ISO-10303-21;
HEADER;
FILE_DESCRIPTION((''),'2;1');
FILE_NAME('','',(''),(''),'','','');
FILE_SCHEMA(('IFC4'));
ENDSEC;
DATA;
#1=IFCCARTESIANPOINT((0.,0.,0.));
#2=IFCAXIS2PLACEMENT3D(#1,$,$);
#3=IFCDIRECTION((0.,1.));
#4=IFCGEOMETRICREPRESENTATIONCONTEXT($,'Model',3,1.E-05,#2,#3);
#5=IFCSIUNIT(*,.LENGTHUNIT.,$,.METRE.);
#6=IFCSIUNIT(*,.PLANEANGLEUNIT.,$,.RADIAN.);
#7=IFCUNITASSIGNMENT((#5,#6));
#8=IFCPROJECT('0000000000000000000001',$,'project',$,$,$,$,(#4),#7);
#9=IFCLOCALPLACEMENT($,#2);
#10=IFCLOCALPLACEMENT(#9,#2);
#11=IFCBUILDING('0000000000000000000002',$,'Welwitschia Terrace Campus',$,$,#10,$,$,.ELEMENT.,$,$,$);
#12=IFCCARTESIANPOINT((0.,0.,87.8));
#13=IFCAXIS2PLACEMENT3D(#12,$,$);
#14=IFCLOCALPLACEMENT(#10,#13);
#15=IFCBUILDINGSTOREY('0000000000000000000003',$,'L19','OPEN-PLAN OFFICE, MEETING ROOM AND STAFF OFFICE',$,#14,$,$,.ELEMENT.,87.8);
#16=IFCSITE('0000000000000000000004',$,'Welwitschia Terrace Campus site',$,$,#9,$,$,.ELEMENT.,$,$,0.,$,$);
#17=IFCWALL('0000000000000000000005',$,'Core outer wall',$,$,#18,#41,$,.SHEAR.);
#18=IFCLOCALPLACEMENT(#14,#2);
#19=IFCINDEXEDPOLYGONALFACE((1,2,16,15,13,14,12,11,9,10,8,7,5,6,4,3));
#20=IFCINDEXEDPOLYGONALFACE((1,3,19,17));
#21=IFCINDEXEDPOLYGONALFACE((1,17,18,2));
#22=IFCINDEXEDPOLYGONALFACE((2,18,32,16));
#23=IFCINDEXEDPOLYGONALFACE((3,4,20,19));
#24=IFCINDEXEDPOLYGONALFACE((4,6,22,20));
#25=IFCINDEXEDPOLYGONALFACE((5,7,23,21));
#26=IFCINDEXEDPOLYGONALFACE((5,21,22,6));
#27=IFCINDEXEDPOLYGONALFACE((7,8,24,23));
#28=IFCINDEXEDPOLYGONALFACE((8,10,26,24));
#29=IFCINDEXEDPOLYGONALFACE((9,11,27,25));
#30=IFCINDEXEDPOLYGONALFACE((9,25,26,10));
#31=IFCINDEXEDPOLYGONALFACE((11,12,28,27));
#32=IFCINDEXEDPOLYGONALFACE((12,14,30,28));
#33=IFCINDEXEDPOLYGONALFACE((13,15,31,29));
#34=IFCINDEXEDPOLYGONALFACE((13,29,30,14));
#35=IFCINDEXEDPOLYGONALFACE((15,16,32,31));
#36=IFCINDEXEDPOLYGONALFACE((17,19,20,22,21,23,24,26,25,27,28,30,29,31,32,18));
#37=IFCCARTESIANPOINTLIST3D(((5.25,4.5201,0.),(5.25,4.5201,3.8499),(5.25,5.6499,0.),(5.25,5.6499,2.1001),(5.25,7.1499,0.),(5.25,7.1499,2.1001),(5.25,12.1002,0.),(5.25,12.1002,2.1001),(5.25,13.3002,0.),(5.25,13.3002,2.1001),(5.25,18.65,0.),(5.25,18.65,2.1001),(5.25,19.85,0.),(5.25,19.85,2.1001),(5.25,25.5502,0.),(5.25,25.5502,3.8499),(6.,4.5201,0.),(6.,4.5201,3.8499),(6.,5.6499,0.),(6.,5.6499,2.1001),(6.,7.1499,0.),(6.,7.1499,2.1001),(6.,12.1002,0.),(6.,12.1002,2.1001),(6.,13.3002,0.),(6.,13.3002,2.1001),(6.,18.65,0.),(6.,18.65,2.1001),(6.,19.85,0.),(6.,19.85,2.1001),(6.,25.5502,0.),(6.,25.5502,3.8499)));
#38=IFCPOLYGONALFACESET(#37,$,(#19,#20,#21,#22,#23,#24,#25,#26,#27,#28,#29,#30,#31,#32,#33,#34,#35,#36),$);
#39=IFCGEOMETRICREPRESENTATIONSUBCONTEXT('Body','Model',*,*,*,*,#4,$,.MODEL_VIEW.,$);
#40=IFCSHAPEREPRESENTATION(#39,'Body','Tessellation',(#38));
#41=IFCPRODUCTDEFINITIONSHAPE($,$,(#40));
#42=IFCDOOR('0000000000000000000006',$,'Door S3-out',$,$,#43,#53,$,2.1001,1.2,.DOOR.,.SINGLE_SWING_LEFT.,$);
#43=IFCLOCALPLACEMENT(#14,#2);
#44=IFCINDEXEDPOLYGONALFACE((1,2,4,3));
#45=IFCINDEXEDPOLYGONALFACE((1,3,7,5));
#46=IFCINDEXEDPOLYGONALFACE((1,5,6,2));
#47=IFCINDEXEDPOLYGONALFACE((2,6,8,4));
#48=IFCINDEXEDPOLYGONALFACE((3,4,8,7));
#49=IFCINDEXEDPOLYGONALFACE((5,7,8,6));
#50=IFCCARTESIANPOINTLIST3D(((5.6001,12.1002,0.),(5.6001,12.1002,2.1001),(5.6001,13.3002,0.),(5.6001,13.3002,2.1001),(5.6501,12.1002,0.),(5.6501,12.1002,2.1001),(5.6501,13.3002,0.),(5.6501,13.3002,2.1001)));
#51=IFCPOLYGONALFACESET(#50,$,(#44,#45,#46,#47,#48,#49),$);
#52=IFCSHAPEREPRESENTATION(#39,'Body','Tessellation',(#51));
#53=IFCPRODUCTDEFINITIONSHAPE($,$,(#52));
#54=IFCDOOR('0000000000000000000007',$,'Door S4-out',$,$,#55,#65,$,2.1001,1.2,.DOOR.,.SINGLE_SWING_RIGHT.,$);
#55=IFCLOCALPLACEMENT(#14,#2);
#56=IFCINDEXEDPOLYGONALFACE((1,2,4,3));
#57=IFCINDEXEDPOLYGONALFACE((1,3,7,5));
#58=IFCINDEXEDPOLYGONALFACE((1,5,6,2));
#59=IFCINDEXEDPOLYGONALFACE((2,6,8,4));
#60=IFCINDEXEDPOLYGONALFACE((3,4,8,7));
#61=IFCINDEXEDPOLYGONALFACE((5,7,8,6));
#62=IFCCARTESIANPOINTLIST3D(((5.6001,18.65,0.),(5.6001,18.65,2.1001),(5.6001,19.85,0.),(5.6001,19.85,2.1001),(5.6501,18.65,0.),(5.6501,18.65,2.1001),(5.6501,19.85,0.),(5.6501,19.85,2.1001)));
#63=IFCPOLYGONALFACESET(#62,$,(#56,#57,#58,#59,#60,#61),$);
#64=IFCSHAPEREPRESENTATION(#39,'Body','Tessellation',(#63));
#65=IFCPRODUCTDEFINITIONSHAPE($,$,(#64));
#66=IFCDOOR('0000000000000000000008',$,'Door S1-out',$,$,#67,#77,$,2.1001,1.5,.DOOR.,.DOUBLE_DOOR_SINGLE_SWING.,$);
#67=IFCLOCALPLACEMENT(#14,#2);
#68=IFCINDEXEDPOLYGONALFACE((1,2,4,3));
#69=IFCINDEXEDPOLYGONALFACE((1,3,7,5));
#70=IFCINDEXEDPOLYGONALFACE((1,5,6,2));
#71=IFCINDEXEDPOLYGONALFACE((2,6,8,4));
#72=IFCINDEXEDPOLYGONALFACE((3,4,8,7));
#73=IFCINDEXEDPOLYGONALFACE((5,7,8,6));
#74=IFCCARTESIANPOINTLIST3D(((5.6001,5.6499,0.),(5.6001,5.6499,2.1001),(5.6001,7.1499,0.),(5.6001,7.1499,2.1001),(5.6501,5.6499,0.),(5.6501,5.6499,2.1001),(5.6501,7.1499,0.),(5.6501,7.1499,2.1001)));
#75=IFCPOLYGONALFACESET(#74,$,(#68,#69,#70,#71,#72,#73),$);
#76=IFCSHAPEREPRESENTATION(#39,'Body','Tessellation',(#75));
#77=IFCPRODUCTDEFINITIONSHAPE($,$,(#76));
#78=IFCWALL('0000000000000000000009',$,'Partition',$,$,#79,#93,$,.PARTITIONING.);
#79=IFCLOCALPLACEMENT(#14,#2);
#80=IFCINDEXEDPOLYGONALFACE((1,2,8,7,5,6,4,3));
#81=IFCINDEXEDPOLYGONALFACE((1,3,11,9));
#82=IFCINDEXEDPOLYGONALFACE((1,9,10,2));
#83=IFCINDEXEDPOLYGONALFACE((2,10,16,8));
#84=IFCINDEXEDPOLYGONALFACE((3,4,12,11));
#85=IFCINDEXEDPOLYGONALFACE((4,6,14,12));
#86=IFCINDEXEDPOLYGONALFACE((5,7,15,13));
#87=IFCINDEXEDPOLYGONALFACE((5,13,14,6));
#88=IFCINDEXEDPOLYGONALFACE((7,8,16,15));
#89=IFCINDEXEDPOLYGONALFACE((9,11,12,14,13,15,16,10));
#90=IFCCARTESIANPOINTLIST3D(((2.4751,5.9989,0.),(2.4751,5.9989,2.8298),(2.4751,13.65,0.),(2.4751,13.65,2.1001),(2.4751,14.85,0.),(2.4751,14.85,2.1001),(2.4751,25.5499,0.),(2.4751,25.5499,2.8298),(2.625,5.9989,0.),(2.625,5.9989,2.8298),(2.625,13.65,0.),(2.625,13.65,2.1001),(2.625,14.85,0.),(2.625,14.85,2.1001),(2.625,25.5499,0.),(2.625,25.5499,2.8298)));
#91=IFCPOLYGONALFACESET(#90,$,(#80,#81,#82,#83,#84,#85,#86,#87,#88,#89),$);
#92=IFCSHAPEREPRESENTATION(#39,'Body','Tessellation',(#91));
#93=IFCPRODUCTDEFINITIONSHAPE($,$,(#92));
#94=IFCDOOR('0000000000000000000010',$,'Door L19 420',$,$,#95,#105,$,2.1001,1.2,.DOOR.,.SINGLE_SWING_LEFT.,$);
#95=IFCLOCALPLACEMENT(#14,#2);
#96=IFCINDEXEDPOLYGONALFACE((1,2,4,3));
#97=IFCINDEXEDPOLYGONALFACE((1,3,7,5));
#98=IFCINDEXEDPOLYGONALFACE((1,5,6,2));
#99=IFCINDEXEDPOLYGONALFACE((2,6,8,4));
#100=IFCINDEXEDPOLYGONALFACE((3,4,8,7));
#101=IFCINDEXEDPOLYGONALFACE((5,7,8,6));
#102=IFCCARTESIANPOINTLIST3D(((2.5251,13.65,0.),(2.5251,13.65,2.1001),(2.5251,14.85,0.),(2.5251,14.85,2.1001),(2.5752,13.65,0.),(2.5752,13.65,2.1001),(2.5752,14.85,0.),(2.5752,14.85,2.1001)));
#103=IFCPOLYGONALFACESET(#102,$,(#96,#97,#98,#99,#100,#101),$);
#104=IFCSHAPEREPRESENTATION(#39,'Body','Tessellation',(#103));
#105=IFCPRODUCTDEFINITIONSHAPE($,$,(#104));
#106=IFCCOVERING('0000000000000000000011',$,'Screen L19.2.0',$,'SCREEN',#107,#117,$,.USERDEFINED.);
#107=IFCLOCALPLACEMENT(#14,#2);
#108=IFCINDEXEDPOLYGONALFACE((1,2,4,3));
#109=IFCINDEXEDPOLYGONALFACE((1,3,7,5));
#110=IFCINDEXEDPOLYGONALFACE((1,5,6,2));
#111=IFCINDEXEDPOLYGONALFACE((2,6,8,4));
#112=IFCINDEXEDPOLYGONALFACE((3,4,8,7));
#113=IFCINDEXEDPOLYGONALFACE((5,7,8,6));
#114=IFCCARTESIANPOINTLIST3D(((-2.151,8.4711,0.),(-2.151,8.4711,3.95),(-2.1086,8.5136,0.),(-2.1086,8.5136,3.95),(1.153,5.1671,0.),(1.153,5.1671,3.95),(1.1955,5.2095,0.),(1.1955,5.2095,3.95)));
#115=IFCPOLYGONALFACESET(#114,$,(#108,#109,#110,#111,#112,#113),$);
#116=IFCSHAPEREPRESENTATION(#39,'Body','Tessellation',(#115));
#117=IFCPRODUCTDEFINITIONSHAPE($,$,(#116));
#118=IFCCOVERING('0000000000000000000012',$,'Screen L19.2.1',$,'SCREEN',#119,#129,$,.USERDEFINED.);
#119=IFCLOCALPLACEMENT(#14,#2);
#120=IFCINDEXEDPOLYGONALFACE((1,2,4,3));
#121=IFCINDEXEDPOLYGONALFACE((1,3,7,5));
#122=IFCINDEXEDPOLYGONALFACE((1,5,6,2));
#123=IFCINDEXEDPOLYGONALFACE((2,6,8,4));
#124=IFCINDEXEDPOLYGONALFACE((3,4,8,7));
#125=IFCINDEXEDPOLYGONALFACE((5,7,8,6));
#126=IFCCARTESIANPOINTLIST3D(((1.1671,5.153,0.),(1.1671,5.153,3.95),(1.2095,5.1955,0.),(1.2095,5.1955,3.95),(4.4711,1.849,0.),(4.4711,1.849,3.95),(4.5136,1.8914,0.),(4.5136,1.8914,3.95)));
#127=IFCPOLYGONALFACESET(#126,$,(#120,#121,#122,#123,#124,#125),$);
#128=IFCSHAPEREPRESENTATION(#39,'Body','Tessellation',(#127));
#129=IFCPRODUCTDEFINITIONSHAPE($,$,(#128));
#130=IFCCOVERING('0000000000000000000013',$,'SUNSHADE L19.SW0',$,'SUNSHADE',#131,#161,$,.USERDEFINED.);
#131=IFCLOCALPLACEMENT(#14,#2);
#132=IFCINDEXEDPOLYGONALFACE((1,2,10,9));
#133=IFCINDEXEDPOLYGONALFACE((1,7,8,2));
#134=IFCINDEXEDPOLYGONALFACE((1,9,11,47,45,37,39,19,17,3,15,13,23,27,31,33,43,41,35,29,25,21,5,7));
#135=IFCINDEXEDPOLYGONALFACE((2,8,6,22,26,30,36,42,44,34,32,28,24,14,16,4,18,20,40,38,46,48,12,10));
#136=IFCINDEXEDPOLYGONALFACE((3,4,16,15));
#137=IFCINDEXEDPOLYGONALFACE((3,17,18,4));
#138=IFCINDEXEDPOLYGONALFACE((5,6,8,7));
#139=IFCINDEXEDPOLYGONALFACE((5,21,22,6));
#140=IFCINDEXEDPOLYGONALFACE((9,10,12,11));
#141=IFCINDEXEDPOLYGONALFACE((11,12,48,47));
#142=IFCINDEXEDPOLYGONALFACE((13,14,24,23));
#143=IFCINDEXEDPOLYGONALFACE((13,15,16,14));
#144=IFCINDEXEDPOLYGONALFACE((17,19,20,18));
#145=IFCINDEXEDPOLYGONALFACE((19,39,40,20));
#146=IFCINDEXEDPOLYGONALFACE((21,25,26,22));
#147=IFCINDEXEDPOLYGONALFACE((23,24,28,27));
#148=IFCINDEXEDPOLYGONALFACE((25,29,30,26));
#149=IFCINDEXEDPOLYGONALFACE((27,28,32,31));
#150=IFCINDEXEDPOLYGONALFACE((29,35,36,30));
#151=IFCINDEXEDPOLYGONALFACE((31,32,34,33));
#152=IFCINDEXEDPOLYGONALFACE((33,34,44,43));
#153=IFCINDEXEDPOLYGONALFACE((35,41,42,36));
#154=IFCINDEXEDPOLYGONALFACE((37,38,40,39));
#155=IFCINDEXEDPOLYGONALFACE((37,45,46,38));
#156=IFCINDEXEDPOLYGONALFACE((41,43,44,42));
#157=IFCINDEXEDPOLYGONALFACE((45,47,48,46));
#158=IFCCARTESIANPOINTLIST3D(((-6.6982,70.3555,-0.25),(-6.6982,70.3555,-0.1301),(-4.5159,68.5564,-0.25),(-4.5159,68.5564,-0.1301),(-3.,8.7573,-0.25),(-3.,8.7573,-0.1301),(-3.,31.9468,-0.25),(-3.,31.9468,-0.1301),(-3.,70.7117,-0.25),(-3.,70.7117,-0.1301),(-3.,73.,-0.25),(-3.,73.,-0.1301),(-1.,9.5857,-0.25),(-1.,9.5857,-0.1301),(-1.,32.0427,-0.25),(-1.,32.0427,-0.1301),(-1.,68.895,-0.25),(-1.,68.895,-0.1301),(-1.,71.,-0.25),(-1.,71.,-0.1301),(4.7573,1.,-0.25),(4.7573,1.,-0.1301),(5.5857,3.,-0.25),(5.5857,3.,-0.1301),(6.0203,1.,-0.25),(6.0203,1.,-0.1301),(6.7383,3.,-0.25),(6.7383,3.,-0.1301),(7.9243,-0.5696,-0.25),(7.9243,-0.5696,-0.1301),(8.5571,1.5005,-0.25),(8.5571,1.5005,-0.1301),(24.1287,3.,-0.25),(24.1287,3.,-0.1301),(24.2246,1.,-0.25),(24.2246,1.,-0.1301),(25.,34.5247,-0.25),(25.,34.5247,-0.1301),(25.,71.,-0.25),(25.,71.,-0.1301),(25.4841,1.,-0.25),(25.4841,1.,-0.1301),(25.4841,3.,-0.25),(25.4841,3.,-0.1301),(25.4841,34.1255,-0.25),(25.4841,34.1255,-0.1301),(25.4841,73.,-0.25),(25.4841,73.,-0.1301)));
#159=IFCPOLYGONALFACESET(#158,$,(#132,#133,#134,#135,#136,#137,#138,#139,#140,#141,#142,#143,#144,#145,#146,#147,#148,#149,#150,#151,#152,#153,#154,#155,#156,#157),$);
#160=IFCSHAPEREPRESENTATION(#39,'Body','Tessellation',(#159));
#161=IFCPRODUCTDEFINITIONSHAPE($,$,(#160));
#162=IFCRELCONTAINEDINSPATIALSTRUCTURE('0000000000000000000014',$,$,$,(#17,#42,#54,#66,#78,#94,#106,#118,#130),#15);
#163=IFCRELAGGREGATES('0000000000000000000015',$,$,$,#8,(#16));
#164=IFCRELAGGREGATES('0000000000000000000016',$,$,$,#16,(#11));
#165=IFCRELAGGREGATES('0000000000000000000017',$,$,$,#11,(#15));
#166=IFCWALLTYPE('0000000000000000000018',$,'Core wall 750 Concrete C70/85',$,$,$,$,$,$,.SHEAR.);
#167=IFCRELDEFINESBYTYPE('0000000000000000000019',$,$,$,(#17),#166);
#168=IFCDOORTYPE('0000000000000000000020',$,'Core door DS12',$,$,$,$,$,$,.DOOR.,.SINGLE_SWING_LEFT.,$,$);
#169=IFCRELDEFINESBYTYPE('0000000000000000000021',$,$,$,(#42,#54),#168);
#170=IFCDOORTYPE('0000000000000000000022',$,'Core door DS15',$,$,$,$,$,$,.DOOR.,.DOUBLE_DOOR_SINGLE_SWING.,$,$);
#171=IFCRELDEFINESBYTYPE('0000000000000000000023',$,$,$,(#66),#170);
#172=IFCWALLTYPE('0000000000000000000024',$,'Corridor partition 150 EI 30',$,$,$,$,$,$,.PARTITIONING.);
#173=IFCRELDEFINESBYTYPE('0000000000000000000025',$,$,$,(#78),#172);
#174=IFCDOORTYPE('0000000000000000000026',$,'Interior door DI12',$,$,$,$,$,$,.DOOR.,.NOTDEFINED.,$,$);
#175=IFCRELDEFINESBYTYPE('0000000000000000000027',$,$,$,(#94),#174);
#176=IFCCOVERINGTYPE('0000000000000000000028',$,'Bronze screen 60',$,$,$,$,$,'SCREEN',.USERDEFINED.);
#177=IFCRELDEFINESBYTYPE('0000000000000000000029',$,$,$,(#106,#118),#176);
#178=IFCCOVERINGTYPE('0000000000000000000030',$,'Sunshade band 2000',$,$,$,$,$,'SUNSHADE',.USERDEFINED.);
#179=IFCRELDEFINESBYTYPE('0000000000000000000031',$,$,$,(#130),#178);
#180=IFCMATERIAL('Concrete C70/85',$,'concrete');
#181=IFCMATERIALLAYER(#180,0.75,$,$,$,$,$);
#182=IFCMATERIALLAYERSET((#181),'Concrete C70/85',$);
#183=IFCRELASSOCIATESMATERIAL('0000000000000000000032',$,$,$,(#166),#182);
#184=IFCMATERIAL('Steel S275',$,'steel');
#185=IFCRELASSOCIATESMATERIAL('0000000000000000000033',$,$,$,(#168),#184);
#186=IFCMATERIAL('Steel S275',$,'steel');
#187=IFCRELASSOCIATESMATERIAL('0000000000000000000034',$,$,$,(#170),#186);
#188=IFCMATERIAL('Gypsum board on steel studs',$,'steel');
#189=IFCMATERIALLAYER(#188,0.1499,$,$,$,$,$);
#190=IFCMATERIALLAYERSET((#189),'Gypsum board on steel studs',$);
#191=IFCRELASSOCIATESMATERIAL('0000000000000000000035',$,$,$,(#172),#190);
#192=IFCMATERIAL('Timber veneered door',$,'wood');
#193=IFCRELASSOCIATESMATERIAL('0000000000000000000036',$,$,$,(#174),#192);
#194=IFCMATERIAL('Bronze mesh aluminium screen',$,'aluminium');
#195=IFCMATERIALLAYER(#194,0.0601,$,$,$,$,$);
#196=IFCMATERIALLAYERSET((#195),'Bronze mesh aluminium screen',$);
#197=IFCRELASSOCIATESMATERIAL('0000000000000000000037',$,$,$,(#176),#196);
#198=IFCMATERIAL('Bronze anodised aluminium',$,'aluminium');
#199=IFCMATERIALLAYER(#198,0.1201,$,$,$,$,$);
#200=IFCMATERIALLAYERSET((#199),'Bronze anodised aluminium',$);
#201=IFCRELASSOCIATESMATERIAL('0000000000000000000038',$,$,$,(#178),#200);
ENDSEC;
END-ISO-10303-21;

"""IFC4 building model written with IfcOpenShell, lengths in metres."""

from ifc_helpers import new_model, si_unit, direction, frame, frame_2d, origin, origin_2d, place, context, subcontext, project, spatial, polyline, rectangle, outline, extrude, material, layer, layer_set, type_object, element, fill, save


model = new_model("IFC4")

# Units and contexts
model_context = context("Model", 3, precision=1e-05, world=origin(), true_north=direction((0.0, 1.0)))
body_context = subcontext(model_context, "Body", "Model", "MODEL_VIEW")
ifc_project = project(units=[si_unit("LENGTHUNIT", "METRE"), si_unit("PLANEANGLEUNIT", "RADIAN")], contexts=[model_context])

# Site, building, storey
site_placement = place(None, origin())
site = spatial("IfcSite", under=ifc_project, at=site_placement, Name="Welwitschia Terrace Campus site", CompositionType="ELEMENT", RefElevation=0.0)
building_placement = place(site_placement, origin())
building = spatial("IfcBuilding", under=site, at=building_placement, Name="Welwitschia Terrace Campus", CompositionType="ELEMENT")
storey_placement = place(building_placement, frame((0.0, 0.0, 87.8)))
storey = spatial("IfcBuildingStorey", under=building, at=storey_placement, Name="L19", Description="OPEN-PLAN OFFICE, MEETING ROOM AND STAFF OFFICE", CompositionType="ELEMENT", Elevation=87.8)

# Wall, openings, doors
ifc_material_1 = material(Name="Concrete C70/85", Category="concrete")
ifc_layer_1 = layer(ifc_material_1, 0.75)
ifc_layer_set_1 = layer_set([ifc_layer_1], Name="Concrete C70/85")
wall_type_1 = type_object("IfcWallType", Name="Core wall 750 Concrete C70/85", PredefinedType="SHEAR", material=ifc_layer_set_1)
wall_1_placement = place(storey_placement, frame((5.625, 4.52, 0.0), z_axis=(0.0, 0.0, 1.0), x_axis=(0.0, 1.0, 0.0)))
wall_1 = element("IfcWall", 1, at=wall_1_placement, inside=storey, type_object=wall_type_1, Name="Core outer wall", PredefinedType="SHEAR", context=body_context, shape_type="SweptSolid", body=[
    extrude(rectangle(XDim=21.03, YDim=0.75, at=frame_2d((10.5151, 0.0))), origin(), (0.0, 0.0, 1.0), 3.8499),
])
opening_1_placement = place(wall_1_placement, frame((1.1299, 0.0, 0.0)))
opening_1 = element("IfcOpeningElement", 2, at=opening_1_placement, cuts=wall_1, PredefinedType="OPENING", context=body_context, shape_type="SweptSolid", body=[
    extrude(rectangle(XDim=1.5, YDim=2.1001, at=frame_2d((0.75, 1.05))), frame((0.0, 0.385, 0.0), z_axis=(0.0, -1.0, 0.0), x_axis=(1.0, 0.0, 0.0)), (0.0, 0.0, 1.0), 0.77),
])
opening_2_placement = place(wall_1_placement, frame((7.5801, 0.0, 0.0)))
opening_2 = element("IfcOpeningElement", 3, at=opening_2_placement, cuts=wall_1, PredefinedType="OPENING", context=body_context, shape_type="SweptSolid", body=[
    extrude(rectangle(XDim=1.2, YDim=2.1001, at=frame_2d((0.6001, 1.05))), frame((0.0, 0.385, 0.0), z_axis=(0.0, -1.0, 0.0), x_axis=(1.0, 0.0, 0.0)), (0.0, 0.0, 1.0), 0.77),
])
opening_3_placement = place(wall_1_placement, frame((14.1299, 0.0, 0.0)))
opening_3 = element("IfcOpeningElement", 4, at=opening_3_placement, cuts=wall_1, PredefinedType="OPENING", context=body_context, shape_type="SweptSolid", body=[
    extrude(rectangle(XDim=1.2, YDim=2.1001, at=frame_2d((0.6001, 1.05))), frame((0.0, 0.385, 0.0), z_axis=(0.0, -1.0, 0.0), x_axis=(1.0, 0.0, 0.0)), (0.0, 0.0, 1.0), 0.77),
])
ifc_material_2 = material(Name="Steel S275", Category="steel")
door_type_1 = type_object("IfcDoorType", Name="Core door DS12", OperationType="SINGLE_SWING_LEFT", PredefinedType="DOOR", material=ifc_material_2)
door_1_placement = place(opening_2_placement, origin())
door_1 = element("IfcDoor", 5, at=door_1_placement, inside=storey, type_object=door_type_1, Name="Door S3-out", OperationType="SINGLE_SWING_LEFT", OverallHeight=2.1001, OverallWidth=1.2, PredefinedType="DOOR", context=body_context, shape_type="SweptSolid", body=[
    extrude(rectangle(XDim=1.2, YDim=2.1001, at=frame_2d((0.6001, 1.05))), frame((0.0, 0.0249, 0.0), z_axis=(0.0, -1.0, 0.0), x_axis=(1.0, 0.0, 0.0)), (0.0, 0.0, 1.0), 0.05),
])
fill(opening_2, door_1)
door_2_placement = place(opening_3_placement, origin())
door_2 = element("IfcDoor", 6, at=door_2_placement, inside=storey, type_object=door_type_1, Name="Door S4-out", OperationType="SINGLE_SWING_RIGHT", OverallHeight=2.1001, OverallWidth=1.2, PredefinedType="DOOR", context=body_context, shape_type="SweptSolid", body=[
    extrude(rectangle(XDim=1.2, YDim=2.1001, at=frame_2d((0.6001, 1.05))), frame((0.0, 0.0249, 0.0), z_axis=(0.0, -1.0, 0.0), x_axis=(1.0, 0.0, 0.0)), (0.0, 0.0, 1.0), 0.05),
])
fill(opening_3, door_2)
ifc_material_3 = material(Name="Steel S275", Category="steel")
door_type_2 = type_object("IfcDoorType", Name="Core door DS15", OperationType="DOUBLE_DOOR_SINGLE_SWING", PredefinedType="DOOR", material=ifc_material_3)
door_3_placement = place(opening_1_placement, origin())
door_3 = element("IfcDoor", 7, at=door_3_placement, inside=storey, type_object=door_type_2, Name="Door S1-out", OperationType="DOUBLE_DOOR_SINGLE_SWING", OverallHeight=2.1001, OverallWidth=1.5, PredefinedType="DOOR", context=body_context, shape_type="SweptSolid", body=[
    extrude(rectangle(XDim=1.5, YDim=2.1001, at=frame_2d((0.75, 1.05))), frame((0.0, 0.0249, 0.0), z_axis=(0.0, -1.0, 0.0), x_axis=(1.0, 0.0, 0.0)), (0.0, 0.0, 1.0), 0.05),
])
fill(opening_1, door_3)

# Wall, opening, door
ifc_material_4 = material(Name="Gypsum board on steel studs", Category="steel")
ifc_layer_2 = layer(ifc_material_4, 0.1499)
ifc_layer_set_2 = layer_set([ifc_layer_2], Name="Gypsum board on steel studs")
wall_type_2 = type_object("IfcWallType", Name="Corridor partition 150 EI 30", PredefinedType="PARTITIONING", material=ifc_layer_set_2)
wall_2_placement = place(storey_placement, frame((2.55, 5.999, 0.0), z_axis=(0.0, 0.0, 1.0), x_axis=(0.0, 1.0, 0.0)))
wall_2 = element("IfcWall", 8, at=wall_2_placement, inside=storey, type_object=wall_type_2, Name="Partition", PredefinedType="PARTITIONING", context=body_context, shape_type="SweptSolid", body=[
    extrude(rectangle(XDim=19.551, YDim=0.1499, at=frame_2d((9.7754, 0.0))), origin(), (0.0, 0.0, 1.0), 2.8298),
])
opening_4_placement = place(wall_2_placement, frame((7.6509, 0.0, 0.0)))
opening_4 = element("IfcOpeningElement", 9, at=opening_4_placement, cuts=wall_2, PredefinedType="OPENING", context=body_context, shape_type="SweptSolid", body=[
    extrude(rectangle(XDim=1.2, YDim=2.1001, at=frame_2d((0.6001, 1.05))), frame((0.0, 0.085, 0.0), z_axis=(0.0, -1.0, 0.0), x_axis=(1.0, 0.0, 0.0)), (0.0, 0.0, 1.0), 0.1699),
])
ifc_material_5 = material(Name="Timber veneered door", Category="wood")
door_type_3 = type_object("IfcDoorType", Name="Interior door DI12", OperationType="NOTDEFINED", PredefinedType="DOOR", material=ifc_material_5)
door_4_placement = place(opening_4_placement, origin())
door_4 = element("IfcDoor", 10, at=door_4_placement, inside=storey, type_object=door_type_3, Name="Door L19 420", OperationType="SINGLE_SWING_LEFT", OverallHeight=2.1001, OverallWidth=1.2, PredefinedType="DOOR", context=body_context, shape_type="SweptSolid", body=[
    extrude(rectangle(XDim=1.2, YDim=2.1001, at=frame_2d((0.6001, 1.05))), frame((0.0, 0.0249, 0.0), z_axis=(0.0, -1.0, 0.0), x_axis=(1.0, 0.0, 0.0)), (0.0, 0.0, 1.0), 0.05),
])
fill(opening_4, door_4)

# Coverings
ifc_material_6 = material(Name="Bronze mesh aluminium screen", Category="aluminium")
ifc_layer_3 = layer(ifc_material_6, 0.0601)
ifc_layer_set_3 = layer_set([ifc_layer_3], Name="Bronze mesh aluminium screen")
covering_type_1 = type_object("IfcCoveringType", Name="Bronze screen 60", ElementType="SCREEN", PredefinedType="USERDEFINED", material=ifc_layer_set_3)
for number, where, z_axis, x_axis, name in (
    (11, (-0.4778, 6.8403, 0.0), (0.0, 0.0, 1.0), (0.707107, -0.707107, 0.0), "Screen L19.2.0"),
    (12, (2.8403, 3.5222, 0.0), (0.0, 0.0, 1.0), (0.707107, -0.707107, 0.0), "Screen L19.2.1"),
):
    element("IfcCovering", number, at=place(storey_placement, frame(where, z_axis=z_axis, x_axis=x_axis)), inside=storey, type_object=covering_type_1, Name=name, ObjectType="SCREEN", PredefinedType="USERDEFINED", context=body_context, shape_type="SweptSolid", body=[
        extrude(rectangle(XDim=4.6726, YDim=0.0601, at=origin_2d()), origin(), (0.0, 0.0, 1.0), 3.95),
    ])
ifc_material_7 = material(Name="Bronze anodised aluminium", Category="aluminium")
ifc_layer_4 = layer(ifc_material_7, 0.1201)
ifc_layer_set_4 = layer_set([ifc_layer_4], Name="Bronze anodised aluminium")
covering_type_2 = type_object("IfcCoveringType", Name="Sunshade band 2000", ElementType="SUNSHADE", PredefinedType="USERDEFINED", material=ifc_layer_set_4)
covering_1_placement = place(storey_placement, frame((0.0, 0.0, -0.25)))
element("IfcCovering", 13, at=covering_1_placement, inside=storey, type_object=covering_type_2, Name="SUNSHADE L19.SW0", ObjectType="SUNSHADE", PredefinedType="USERDEFINED", context=body_context, shape_type="SweptSolid", body=[
    extrude(outline(polyline([(-3.0, 73.0), (25.4841, 73.0), (25.4841, 34.1255), (25.0, 34.5247), (25.0, 71.0), (-1.0, 71.0), (-1.0, 68.895), (-4.5159, 68.5564), (-1.0, 32.0427), (-1.0, 9.5857), (5.5857, 3.0), (6.7383, 3.0), (8.5571, 1.5005), (24.1287, 3.0), (25.4841, 3.0), (25.4841, 1.0), (24.2246, 1.0), (7.9243, -0.5696), (6.0203, 1.0), (4.7573, 1.0), (-3.0, 8.7573), (-3.0, 31.9468), (-6.6982, 70.3555), (-3.0, 70.7117), (-3.0, 73.0)])), origin(), (0.0, 0.0, 1.0), 0.1199),
])

save(model, "model.ifc")
